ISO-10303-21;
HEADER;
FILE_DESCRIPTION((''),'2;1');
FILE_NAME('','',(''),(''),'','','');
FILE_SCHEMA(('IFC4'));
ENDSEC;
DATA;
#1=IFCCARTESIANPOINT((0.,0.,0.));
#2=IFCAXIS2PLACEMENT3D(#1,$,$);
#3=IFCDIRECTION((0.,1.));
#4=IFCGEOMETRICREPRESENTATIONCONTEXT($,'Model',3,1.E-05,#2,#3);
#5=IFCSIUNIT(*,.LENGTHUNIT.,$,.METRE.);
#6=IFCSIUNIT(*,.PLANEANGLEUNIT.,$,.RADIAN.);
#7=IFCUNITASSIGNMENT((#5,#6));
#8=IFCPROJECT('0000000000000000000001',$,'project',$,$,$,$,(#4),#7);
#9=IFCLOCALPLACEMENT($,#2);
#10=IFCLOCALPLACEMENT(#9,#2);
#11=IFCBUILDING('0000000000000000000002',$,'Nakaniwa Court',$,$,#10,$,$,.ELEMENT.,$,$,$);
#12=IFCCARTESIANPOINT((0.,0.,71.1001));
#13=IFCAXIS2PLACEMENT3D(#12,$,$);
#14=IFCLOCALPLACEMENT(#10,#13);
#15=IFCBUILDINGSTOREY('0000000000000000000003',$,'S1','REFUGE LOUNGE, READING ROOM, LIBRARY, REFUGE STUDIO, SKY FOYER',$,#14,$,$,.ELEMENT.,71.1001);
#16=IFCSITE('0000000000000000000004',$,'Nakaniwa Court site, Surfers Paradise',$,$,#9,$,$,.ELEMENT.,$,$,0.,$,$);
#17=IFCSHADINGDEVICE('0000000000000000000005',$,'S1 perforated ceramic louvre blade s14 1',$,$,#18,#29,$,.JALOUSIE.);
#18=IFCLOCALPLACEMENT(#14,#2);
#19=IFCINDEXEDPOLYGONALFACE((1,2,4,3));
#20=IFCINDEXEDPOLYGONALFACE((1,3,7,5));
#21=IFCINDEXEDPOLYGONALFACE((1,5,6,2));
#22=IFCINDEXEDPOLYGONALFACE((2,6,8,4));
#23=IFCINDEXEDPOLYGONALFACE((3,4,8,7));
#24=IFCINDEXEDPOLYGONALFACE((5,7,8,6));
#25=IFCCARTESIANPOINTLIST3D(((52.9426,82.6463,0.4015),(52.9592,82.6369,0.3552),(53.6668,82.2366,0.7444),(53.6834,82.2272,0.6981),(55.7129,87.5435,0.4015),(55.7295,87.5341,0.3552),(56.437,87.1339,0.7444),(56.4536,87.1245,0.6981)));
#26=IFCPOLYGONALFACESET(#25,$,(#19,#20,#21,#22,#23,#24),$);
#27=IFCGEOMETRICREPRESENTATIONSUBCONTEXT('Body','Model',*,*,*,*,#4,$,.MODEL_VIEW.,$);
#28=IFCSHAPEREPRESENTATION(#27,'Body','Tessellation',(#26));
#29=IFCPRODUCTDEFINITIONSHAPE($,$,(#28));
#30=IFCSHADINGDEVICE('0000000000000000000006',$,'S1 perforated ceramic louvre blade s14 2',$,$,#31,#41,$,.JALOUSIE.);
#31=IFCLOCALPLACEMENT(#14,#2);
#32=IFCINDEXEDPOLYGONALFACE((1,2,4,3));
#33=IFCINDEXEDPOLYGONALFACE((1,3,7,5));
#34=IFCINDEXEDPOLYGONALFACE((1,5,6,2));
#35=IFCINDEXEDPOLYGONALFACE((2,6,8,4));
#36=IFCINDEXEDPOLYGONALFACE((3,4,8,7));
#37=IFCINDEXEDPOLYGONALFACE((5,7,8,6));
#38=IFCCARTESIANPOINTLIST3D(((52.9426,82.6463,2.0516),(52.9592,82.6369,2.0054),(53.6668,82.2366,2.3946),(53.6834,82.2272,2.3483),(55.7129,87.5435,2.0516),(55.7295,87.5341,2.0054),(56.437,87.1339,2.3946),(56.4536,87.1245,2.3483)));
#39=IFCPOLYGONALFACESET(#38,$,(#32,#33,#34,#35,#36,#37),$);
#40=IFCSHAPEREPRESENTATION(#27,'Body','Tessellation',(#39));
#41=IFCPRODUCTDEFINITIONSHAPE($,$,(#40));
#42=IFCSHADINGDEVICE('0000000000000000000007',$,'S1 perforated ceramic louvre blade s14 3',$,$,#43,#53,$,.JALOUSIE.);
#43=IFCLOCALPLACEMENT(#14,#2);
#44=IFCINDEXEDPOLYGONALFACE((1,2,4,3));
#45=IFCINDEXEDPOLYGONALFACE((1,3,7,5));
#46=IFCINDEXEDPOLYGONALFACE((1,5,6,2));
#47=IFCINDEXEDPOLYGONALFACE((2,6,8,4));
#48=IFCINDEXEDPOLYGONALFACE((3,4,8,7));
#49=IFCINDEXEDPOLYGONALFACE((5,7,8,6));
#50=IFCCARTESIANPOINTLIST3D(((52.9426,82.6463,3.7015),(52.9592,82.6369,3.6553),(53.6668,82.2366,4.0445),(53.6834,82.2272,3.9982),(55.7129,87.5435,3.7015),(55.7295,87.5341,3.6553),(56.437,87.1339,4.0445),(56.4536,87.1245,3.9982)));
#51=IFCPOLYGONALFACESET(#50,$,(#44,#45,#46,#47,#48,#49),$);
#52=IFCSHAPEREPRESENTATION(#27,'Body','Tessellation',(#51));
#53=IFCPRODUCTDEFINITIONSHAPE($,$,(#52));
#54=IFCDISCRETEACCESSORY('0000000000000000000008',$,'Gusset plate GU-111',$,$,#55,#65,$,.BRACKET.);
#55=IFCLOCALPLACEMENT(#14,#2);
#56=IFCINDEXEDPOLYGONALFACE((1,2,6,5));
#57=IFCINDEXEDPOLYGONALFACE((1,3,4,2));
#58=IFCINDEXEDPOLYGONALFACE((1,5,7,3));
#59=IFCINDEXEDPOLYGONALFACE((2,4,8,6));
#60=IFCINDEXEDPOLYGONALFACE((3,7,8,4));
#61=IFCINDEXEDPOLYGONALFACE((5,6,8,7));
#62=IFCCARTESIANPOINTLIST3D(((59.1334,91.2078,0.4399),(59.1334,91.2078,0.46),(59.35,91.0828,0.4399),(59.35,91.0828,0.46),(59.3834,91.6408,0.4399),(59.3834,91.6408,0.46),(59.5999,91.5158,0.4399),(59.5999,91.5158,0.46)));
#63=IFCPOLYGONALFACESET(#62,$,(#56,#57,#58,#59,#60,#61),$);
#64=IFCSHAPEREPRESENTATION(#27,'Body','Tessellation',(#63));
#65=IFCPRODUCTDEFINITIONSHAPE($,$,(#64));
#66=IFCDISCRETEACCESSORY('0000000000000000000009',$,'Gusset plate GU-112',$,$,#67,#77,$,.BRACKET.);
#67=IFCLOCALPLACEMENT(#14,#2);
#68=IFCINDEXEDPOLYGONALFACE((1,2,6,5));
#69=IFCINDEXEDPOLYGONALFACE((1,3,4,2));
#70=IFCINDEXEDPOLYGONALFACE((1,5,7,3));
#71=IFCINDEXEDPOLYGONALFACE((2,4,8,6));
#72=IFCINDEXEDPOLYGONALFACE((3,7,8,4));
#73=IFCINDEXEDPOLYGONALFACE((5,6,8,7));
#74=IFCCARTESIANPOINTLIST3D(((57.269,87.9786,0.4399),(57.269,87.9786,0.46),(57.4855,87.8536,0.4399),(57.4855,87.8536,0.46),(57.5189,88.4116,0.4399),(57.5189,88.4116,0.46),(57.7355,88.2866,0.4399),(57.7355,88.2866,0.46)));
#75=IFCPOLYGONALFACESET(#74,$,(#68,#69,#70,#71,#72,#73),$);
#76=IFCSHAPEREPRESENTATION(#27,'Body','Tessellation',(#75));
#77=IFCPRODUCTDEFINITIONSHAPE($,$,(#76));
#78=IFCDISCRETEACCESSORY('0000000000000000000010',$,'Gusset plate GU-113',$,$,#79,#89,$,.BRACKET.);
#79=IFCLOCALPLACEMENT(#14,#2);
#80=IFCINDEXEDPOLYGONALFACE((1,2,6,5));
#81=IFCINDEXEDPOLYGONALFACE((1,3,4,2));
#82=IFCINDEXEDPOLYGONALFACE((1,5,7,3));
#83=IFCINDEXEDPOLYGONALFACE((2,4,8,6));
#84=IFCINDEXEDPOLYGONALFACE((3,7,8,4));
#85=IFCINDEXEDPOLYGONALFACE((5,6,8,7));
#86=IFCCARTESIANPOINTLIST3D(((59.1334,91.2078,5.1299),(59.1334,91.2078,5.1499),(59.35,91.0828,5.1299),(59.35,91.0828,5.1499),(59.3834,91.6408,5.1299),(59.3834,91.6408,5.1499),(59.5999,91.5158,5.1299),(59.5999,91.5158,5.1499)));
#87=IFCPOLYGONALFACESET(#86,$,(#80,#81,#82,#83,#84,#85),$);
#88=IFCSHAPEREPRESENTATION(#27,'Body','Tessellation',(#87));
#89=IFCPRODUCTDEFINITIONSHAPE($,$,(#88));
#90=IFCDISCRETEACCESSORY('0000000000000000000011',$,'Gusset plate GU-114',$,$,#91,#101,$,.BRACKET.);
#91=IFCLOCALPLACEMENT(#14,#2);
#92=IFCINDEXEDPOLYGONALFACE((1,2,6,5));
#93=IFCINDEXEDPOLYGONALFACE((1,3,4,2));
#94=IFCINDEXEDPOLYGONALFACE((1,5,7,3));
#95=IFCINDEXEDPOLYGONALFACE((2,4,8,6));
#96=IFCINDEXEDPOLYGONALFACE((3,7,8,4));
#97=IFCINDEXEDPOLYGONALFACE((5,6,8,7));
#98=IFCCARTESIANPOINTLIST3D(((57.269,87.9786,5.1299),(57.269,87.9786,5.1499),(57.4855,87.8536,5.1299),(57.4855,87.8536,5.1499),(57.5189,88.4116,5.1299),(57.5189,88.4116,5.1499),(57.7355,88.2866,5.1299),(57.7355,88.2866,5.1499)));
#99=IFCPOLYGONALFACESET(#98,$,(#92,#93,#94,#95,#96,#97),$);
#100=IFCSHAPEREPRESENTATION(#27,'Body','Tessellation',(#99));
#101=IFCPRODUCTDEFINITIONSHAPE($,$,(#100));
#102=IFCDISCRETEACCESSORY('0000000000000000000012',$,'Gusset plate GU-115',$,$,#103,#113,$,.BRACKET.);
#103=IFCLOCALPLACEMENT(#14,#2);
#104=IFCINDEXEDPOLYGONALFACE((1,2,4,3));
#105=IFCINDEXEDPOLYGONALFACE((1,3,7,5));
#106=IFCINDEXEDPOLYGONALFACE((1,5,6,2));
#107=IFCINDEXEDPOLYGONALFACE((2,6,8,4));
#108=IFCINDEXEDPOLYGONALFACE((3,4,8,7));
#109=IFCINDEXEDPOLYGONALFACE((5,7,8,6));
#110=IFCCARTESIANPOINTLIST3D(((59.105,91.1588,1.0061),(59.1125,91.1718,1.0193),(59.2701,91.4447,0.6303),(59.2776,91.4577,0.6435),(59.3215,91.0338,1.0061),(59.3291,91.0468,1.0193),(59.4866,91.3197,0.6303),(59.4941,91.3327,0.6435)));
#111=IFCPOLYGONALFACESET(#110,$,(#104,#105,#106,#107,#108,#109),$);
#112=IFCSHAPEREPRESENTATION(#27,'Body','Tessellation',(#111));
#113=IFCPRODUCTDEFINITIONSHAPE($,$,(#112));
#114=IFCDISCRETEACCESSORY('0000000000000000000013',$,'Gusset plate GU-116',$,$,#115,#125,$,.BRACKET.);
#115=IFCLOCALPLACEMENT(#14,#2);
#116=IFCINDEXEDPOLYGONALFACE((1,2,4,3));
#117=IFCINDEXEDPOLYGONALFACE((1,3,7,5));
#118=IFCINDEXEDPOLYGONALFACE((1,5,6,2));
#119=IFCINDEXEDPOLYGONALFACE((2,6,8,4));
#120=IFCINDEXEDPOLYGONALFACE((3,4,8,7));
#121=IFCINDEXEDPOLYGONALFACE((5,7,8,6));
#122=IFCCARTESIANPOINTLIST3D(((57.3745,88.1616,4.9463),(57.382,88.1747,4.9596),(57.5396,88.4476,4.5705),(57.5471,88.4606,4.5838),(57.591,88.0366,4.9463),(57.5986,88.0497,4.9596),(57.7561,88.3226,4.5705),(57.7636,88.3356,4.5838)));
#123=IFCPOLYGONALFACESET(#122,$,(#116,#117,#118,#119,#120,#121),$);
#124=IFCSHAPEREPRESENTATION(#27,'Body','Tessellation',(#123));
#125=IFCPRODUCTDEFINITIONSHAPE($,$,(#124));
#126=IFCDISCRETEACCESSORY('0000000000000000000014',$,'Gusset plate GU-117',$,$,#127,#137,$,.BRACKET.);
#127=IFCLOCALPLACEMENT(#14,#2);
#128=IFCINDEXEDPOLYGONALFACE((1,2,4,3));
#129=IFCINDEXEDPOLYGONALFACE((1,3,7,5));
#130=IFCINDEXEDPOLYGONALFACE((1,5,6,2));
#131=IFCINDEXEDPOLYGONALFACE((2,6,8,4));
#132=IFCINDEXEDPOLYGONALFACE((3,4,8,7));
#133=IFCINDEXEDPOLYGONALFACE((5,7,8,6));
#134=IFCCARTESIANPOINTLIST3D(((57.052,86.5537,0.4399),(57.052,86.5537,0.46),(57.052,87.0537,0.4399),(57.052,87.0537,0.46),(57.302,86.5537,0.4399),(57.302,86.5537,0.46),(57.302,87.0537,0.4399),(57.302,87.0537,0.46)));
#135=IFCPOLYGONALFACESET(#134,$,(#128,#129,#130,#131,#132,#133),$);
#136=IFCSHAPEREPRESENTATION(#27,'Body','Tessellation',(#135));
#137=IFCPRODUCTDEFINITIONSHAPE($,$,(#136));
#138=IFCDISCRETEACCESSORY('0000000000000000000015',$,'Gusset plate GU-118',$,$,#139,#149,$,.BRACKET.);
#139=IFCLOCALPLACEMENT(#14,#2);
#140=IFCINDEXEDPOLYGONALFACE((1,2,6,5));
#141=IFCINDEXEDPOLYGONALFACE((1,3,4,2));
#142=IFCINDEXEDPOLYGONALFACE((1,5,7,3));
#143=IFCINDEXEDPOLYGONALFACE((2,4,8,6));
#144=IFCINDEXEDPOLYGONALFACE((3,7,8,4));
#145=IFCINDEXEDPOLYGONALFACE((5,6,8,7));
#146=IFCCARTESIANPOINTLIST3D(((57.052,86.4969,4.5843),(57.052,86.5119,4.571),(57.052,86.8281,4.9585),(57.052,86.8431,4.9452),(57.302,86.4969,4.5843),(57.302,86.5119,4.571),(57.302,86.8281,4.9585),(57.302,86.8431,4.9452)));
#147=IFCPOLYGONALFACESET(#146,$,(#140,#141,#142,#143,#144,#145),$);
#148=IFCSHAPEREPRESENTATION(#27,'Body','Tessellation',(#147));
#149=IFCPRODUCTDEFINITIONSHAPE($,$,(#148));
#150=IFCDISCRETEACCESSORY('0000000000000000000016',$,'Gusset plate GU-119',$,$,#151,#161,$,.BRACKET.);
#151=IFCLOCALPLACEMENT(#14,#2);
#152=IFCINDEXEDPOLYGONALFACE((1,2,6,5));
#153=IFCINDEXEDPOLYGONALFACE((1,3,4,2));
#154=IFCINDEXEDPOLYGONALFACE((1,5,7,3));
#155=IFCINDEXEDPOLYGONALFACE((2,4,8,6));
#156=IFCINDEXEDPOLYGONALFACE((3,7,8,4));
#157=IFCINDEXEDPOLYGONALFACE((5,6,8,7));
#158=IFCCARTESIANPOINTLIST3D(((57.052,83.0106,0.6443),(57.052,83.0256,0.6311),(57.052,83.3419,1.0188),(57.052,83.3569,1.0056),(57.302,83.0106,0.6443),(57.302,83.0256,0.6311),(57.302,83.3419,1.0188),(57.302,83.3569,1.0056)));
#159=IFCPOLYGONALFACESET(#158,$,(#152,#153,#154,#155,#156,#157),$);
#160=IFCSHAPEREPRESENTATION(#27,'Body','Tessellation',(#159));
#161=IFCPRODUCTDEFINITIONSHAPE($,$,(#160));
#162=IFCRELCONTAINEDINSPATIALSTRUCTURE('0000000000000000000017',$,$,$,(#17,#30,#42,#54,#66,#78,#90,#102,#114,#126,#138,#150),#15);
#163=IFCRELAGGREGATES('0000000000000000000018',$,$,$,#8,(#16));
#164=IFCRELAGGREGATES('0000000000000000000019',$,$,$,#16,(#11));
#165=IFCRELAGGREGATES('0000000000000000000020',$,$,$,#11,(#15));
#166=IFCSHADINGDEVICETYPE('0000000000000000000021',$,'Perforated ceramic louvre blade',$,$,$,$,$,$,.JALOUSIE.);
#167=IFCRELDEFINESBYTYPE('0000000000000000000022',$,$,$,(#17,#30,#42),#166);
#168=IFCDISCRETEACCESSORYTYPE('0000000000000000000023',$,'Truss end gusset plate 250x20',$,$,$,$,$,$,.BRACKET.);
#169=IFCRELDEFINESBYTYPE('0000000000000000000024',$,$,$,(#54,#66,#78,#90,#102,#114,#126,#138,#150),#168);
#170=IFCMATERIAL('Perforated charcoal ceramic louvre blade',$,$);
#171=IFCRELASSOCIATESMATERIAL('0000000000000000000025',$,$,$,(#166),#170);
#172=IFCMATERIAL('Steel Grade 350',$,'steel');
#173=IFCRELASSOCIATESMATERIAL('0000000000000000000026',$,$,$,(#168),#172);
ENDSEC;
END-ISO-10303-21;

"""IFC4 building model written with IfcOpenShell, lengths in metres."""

from ifc_helpers import new_model, si_unit, direction, frame, origin, origin_2d, place, context, subcontext, project, spatial, rectangle, extrude, material, material_profile, profile_set, type_object, element, save


model = new_model("IFC4")

# Units and contexts
model_context = context("Model", 3, precision=1e-05, world=origin(), true_north=direction((0.0, 1.0)))
body_context = subcontext(model_context, "Body", "Model", "MODEL_VIEW")
ifc_project = project(units=[si_unit("LENGTHUNIT", "METRE"), si_unit("PLANEANGLEUNIT", "RADIAN")], contexts=[model_context])

# Site, building, storey
site_placement = place(None, origin())
site = spatial("IfcSite", under=ifc_project, at=site_placement, Name="Nakaniwa Court site, Surfers Paradise", CompositionType="ELEMENT", RefElevation=0.0)
building_placement = place(site_placement, origin())
building = spatial("IfcBuilding", under=site, at=building_placement, Name="Nakaniwa Court", CompositionType="ELEMENT")
storey_placement = place(building_placement, frame((0.0, 0.0, 71.1001)))
storey = spatial("IfcBuildingStorey", under=building, at=storey_placement, Name="S1", Description="REFUGE LOUNGE, READING ROOM, LIBRARY, REFUGE STUDIO, SKY FOYER", CompositionType="ELEMENT", Elevation=71.1001)

# Shared definitions
ifc_material_1 = material(Name="Steel Grade 350", Category="steel")

# Shading devices
ifc_material_2 = material(Name="Perforated charcoal ceramic louvre blade")
ifc_material_profile_1 = material_profile(ifc_material_2, rectangle(XDim=0.8999, YDim=0.05, at=origin_2d()), Name="Perforated ceramic louvre blade")
ifc_profile_set_1 = profile_set([ifc_material_profile_1], Name="Perforated charcoal ceramic louvre blade")
shading_device_type = type_object("IfcShadingDeviceType", Name="Perforated ceramic louvre blade", PredefinedType="JALOUSIE", material=ifc_profile_set_1)
for number, where, z_axis, x_axis, name in (
    (1, (56.0833, 87.334, 0.5498), (-0.492363, -0.87039, 0.0), (0.804715, -0.455212, 0.38107), "S1 perforated ceramic louvre blade s14 1"),
    (2, (56.0833, 87.334, 2.2), (-0.492363, -0.87039, 0.0), (0.804715, -0.455212, 0.38107), "S1 perforated ceramic louvre blade s14 2"),
    (3, (56.0833, 87.334, 3.8499), (-0.492363, -0.87039, 0.0), (0.804715, -0.455212, 0.38107), "S1 perforated ceramic louvre blade s14 3"),
):
    element("IfcShadingDevice", number, at=place(storey_placement, frame(where, z_axis=z_axis, x_axis=x_axis)), inside=storey, type_object=shading_device_type, Name=name, PredefinedType="JALOUSIE", context=body_context, shape_type="SweptSolid", body=[
        extrude(rectangle(XDim=0.8999, YDim=0.05, at=origin_2d()), origin(), (0.0, 0.0, 1.0), 5.6265),
    ])

# Discrete accessories
ifc_material_profile_2 = material_profile(ifc_material_1, rectangle(XDim=0.25, YDim=0.02, at=origin_2d()), Name="Truss end gusset plate 250x20")
ifc_profile_set_2 = profile_set([ifc_material_profile_2], Name="Steel Grade 350")
discrete_accessory_type = type_object("IfcDiscreteAccessoryType", Name="Truss end gusset plate 250x20", PredefinedType="BRACKET", material=ifc_profile_set_2)
for number, where, z_axis, x_axis, name in (
    (4, (59.2417, 91.1453, 0.45), (0.49992, 0.866072, 0.0), (-0.866072, 0.49992, 0.0), "Gusset plate GU-111"),
    (5, (57.6272, 88.3491, 0.45), (-0.49992, -0.866072, 0.0), (0.866072, -0.49992, 0.0), "Gusset plate GU-112"),
    (6, (59.2417, 91.1453, 5.1399), (0.49992, 0.866072, 0.0), (-0.866072, 0.49992, 0.0), "Gusset plate GU-113"),
    (7, (57.6272, 88.3491, 5.1399), (-0.49992, -0.866072, 0.0), (0.866072, -0.49992, 0.0), "Gusset plate GU-114"),
):
    element("IfcDiscreteAccessory", number, at=place(storey_placement, frame(where, z_axis=z_axis, x_axis=x_axis)), inside=storey, type_object=discrete_accessory_type, Name=name, PredefinedType="BRACKET", context=body_context, shape_type="SweptSolid", body=[
        extrude(rectangle(XDim=0.25, YDim=0.02, at=origin_2d()), origin(), (0.0, 0.0, 1.0), 0.5),
    ])
for number, where, z_axis, x_axis, name in (
    (8, (59.217, 91.1028, 1.0127), (0.329982, 0.571612, -0.751247), (-0.86605, 0.499957, 0.0), "Gusset plate GU-115"),
    (9, (57.6516, 88.3916, 4.5771), (-0.329982, -0.571612, 0.751247), (0.86605, -0.499957, 0.0), "Gusset plate GU-116"),
):
    element("IfcDiscreteAccessory", number, at=place(storey_placement, frame(where, z_axis=z_axis, x_axis=x_axis)), inside=storey, type_object=discrete_accessory_type, Name=name, PredefinedType="BRACKET", context=body_context, shape_type="SweptSolid", body=[
        extrude(rectangle(XDim=0.25, YDim=0.02, at=origin_2d()), origin(), (0.0, 0.0, 1.0), 0.5002),
    ])
discrete_accessory_1_placement = place(storey_placement, frame((57.177, 86.5537, 0.45), z_axis=(0.0, 1.0, 0.0), x_axis=(-1.0, 0.0, 0.0)))
element("IfcDiscreteAccessory", 10, at=discrete_accessory_1_placement, inside=storey, type_object=discrete_accessory_type, Name="Gusset plate GU-117", PredefinedType="BRACKET", context=body_context, shape_type="SweptSolid", body=[
    extrude(rectangle(XDim=0.25, YDim=0.02, at=origin_2d()), origin(), (0.0, 0.0, 1.0), 0.5),
])
discrete_accessory_2_placement = place(storey_placement, frame((57.177, 86.5044, 4.5776), z_axis=(0.0, 0.662816, 0.748782), x_axis=(-1.0, 0.0, 0.0)))
element("IfcDiscreteAccessory", 11, at=discrete_accessory_2_placement, inside=storey, type_object=discrete_accessory_type, Name="Gusset plate GU-118", PredefinedType="BRACKET", context=body_context, shape_type="SweptSolid", body=[
    extrude(rectangle(XDim=0.25, YDim=0.02, at=origin_2d()), origin(), (0.0, 0.0, 1.0), 0.4998),
])
discrete_accessory_3_placement = place(storey_placement, frame((57.177, 83.3494, 1.0122), z_axis=(0.0, -0.662574, -0.748997), x_axis=(1.0, 0.0, 0.0)))
element("IfcDiscreteAccessory", 12, at=discrete_accessory_3_placement, inside=storey, type_object=discrete_accessory_type, Name="Gusset plate GU-119", PredefinedType="BRACKET", context=body_context, shape_type="SweptSolid", body=[
    extrude(rectangle(XDim=0.25, YDim=0.02, at=origin_2d()), origin(), (0.0, 0.0, 1.0), 0.5),
])

save(model, "model.ifc")
